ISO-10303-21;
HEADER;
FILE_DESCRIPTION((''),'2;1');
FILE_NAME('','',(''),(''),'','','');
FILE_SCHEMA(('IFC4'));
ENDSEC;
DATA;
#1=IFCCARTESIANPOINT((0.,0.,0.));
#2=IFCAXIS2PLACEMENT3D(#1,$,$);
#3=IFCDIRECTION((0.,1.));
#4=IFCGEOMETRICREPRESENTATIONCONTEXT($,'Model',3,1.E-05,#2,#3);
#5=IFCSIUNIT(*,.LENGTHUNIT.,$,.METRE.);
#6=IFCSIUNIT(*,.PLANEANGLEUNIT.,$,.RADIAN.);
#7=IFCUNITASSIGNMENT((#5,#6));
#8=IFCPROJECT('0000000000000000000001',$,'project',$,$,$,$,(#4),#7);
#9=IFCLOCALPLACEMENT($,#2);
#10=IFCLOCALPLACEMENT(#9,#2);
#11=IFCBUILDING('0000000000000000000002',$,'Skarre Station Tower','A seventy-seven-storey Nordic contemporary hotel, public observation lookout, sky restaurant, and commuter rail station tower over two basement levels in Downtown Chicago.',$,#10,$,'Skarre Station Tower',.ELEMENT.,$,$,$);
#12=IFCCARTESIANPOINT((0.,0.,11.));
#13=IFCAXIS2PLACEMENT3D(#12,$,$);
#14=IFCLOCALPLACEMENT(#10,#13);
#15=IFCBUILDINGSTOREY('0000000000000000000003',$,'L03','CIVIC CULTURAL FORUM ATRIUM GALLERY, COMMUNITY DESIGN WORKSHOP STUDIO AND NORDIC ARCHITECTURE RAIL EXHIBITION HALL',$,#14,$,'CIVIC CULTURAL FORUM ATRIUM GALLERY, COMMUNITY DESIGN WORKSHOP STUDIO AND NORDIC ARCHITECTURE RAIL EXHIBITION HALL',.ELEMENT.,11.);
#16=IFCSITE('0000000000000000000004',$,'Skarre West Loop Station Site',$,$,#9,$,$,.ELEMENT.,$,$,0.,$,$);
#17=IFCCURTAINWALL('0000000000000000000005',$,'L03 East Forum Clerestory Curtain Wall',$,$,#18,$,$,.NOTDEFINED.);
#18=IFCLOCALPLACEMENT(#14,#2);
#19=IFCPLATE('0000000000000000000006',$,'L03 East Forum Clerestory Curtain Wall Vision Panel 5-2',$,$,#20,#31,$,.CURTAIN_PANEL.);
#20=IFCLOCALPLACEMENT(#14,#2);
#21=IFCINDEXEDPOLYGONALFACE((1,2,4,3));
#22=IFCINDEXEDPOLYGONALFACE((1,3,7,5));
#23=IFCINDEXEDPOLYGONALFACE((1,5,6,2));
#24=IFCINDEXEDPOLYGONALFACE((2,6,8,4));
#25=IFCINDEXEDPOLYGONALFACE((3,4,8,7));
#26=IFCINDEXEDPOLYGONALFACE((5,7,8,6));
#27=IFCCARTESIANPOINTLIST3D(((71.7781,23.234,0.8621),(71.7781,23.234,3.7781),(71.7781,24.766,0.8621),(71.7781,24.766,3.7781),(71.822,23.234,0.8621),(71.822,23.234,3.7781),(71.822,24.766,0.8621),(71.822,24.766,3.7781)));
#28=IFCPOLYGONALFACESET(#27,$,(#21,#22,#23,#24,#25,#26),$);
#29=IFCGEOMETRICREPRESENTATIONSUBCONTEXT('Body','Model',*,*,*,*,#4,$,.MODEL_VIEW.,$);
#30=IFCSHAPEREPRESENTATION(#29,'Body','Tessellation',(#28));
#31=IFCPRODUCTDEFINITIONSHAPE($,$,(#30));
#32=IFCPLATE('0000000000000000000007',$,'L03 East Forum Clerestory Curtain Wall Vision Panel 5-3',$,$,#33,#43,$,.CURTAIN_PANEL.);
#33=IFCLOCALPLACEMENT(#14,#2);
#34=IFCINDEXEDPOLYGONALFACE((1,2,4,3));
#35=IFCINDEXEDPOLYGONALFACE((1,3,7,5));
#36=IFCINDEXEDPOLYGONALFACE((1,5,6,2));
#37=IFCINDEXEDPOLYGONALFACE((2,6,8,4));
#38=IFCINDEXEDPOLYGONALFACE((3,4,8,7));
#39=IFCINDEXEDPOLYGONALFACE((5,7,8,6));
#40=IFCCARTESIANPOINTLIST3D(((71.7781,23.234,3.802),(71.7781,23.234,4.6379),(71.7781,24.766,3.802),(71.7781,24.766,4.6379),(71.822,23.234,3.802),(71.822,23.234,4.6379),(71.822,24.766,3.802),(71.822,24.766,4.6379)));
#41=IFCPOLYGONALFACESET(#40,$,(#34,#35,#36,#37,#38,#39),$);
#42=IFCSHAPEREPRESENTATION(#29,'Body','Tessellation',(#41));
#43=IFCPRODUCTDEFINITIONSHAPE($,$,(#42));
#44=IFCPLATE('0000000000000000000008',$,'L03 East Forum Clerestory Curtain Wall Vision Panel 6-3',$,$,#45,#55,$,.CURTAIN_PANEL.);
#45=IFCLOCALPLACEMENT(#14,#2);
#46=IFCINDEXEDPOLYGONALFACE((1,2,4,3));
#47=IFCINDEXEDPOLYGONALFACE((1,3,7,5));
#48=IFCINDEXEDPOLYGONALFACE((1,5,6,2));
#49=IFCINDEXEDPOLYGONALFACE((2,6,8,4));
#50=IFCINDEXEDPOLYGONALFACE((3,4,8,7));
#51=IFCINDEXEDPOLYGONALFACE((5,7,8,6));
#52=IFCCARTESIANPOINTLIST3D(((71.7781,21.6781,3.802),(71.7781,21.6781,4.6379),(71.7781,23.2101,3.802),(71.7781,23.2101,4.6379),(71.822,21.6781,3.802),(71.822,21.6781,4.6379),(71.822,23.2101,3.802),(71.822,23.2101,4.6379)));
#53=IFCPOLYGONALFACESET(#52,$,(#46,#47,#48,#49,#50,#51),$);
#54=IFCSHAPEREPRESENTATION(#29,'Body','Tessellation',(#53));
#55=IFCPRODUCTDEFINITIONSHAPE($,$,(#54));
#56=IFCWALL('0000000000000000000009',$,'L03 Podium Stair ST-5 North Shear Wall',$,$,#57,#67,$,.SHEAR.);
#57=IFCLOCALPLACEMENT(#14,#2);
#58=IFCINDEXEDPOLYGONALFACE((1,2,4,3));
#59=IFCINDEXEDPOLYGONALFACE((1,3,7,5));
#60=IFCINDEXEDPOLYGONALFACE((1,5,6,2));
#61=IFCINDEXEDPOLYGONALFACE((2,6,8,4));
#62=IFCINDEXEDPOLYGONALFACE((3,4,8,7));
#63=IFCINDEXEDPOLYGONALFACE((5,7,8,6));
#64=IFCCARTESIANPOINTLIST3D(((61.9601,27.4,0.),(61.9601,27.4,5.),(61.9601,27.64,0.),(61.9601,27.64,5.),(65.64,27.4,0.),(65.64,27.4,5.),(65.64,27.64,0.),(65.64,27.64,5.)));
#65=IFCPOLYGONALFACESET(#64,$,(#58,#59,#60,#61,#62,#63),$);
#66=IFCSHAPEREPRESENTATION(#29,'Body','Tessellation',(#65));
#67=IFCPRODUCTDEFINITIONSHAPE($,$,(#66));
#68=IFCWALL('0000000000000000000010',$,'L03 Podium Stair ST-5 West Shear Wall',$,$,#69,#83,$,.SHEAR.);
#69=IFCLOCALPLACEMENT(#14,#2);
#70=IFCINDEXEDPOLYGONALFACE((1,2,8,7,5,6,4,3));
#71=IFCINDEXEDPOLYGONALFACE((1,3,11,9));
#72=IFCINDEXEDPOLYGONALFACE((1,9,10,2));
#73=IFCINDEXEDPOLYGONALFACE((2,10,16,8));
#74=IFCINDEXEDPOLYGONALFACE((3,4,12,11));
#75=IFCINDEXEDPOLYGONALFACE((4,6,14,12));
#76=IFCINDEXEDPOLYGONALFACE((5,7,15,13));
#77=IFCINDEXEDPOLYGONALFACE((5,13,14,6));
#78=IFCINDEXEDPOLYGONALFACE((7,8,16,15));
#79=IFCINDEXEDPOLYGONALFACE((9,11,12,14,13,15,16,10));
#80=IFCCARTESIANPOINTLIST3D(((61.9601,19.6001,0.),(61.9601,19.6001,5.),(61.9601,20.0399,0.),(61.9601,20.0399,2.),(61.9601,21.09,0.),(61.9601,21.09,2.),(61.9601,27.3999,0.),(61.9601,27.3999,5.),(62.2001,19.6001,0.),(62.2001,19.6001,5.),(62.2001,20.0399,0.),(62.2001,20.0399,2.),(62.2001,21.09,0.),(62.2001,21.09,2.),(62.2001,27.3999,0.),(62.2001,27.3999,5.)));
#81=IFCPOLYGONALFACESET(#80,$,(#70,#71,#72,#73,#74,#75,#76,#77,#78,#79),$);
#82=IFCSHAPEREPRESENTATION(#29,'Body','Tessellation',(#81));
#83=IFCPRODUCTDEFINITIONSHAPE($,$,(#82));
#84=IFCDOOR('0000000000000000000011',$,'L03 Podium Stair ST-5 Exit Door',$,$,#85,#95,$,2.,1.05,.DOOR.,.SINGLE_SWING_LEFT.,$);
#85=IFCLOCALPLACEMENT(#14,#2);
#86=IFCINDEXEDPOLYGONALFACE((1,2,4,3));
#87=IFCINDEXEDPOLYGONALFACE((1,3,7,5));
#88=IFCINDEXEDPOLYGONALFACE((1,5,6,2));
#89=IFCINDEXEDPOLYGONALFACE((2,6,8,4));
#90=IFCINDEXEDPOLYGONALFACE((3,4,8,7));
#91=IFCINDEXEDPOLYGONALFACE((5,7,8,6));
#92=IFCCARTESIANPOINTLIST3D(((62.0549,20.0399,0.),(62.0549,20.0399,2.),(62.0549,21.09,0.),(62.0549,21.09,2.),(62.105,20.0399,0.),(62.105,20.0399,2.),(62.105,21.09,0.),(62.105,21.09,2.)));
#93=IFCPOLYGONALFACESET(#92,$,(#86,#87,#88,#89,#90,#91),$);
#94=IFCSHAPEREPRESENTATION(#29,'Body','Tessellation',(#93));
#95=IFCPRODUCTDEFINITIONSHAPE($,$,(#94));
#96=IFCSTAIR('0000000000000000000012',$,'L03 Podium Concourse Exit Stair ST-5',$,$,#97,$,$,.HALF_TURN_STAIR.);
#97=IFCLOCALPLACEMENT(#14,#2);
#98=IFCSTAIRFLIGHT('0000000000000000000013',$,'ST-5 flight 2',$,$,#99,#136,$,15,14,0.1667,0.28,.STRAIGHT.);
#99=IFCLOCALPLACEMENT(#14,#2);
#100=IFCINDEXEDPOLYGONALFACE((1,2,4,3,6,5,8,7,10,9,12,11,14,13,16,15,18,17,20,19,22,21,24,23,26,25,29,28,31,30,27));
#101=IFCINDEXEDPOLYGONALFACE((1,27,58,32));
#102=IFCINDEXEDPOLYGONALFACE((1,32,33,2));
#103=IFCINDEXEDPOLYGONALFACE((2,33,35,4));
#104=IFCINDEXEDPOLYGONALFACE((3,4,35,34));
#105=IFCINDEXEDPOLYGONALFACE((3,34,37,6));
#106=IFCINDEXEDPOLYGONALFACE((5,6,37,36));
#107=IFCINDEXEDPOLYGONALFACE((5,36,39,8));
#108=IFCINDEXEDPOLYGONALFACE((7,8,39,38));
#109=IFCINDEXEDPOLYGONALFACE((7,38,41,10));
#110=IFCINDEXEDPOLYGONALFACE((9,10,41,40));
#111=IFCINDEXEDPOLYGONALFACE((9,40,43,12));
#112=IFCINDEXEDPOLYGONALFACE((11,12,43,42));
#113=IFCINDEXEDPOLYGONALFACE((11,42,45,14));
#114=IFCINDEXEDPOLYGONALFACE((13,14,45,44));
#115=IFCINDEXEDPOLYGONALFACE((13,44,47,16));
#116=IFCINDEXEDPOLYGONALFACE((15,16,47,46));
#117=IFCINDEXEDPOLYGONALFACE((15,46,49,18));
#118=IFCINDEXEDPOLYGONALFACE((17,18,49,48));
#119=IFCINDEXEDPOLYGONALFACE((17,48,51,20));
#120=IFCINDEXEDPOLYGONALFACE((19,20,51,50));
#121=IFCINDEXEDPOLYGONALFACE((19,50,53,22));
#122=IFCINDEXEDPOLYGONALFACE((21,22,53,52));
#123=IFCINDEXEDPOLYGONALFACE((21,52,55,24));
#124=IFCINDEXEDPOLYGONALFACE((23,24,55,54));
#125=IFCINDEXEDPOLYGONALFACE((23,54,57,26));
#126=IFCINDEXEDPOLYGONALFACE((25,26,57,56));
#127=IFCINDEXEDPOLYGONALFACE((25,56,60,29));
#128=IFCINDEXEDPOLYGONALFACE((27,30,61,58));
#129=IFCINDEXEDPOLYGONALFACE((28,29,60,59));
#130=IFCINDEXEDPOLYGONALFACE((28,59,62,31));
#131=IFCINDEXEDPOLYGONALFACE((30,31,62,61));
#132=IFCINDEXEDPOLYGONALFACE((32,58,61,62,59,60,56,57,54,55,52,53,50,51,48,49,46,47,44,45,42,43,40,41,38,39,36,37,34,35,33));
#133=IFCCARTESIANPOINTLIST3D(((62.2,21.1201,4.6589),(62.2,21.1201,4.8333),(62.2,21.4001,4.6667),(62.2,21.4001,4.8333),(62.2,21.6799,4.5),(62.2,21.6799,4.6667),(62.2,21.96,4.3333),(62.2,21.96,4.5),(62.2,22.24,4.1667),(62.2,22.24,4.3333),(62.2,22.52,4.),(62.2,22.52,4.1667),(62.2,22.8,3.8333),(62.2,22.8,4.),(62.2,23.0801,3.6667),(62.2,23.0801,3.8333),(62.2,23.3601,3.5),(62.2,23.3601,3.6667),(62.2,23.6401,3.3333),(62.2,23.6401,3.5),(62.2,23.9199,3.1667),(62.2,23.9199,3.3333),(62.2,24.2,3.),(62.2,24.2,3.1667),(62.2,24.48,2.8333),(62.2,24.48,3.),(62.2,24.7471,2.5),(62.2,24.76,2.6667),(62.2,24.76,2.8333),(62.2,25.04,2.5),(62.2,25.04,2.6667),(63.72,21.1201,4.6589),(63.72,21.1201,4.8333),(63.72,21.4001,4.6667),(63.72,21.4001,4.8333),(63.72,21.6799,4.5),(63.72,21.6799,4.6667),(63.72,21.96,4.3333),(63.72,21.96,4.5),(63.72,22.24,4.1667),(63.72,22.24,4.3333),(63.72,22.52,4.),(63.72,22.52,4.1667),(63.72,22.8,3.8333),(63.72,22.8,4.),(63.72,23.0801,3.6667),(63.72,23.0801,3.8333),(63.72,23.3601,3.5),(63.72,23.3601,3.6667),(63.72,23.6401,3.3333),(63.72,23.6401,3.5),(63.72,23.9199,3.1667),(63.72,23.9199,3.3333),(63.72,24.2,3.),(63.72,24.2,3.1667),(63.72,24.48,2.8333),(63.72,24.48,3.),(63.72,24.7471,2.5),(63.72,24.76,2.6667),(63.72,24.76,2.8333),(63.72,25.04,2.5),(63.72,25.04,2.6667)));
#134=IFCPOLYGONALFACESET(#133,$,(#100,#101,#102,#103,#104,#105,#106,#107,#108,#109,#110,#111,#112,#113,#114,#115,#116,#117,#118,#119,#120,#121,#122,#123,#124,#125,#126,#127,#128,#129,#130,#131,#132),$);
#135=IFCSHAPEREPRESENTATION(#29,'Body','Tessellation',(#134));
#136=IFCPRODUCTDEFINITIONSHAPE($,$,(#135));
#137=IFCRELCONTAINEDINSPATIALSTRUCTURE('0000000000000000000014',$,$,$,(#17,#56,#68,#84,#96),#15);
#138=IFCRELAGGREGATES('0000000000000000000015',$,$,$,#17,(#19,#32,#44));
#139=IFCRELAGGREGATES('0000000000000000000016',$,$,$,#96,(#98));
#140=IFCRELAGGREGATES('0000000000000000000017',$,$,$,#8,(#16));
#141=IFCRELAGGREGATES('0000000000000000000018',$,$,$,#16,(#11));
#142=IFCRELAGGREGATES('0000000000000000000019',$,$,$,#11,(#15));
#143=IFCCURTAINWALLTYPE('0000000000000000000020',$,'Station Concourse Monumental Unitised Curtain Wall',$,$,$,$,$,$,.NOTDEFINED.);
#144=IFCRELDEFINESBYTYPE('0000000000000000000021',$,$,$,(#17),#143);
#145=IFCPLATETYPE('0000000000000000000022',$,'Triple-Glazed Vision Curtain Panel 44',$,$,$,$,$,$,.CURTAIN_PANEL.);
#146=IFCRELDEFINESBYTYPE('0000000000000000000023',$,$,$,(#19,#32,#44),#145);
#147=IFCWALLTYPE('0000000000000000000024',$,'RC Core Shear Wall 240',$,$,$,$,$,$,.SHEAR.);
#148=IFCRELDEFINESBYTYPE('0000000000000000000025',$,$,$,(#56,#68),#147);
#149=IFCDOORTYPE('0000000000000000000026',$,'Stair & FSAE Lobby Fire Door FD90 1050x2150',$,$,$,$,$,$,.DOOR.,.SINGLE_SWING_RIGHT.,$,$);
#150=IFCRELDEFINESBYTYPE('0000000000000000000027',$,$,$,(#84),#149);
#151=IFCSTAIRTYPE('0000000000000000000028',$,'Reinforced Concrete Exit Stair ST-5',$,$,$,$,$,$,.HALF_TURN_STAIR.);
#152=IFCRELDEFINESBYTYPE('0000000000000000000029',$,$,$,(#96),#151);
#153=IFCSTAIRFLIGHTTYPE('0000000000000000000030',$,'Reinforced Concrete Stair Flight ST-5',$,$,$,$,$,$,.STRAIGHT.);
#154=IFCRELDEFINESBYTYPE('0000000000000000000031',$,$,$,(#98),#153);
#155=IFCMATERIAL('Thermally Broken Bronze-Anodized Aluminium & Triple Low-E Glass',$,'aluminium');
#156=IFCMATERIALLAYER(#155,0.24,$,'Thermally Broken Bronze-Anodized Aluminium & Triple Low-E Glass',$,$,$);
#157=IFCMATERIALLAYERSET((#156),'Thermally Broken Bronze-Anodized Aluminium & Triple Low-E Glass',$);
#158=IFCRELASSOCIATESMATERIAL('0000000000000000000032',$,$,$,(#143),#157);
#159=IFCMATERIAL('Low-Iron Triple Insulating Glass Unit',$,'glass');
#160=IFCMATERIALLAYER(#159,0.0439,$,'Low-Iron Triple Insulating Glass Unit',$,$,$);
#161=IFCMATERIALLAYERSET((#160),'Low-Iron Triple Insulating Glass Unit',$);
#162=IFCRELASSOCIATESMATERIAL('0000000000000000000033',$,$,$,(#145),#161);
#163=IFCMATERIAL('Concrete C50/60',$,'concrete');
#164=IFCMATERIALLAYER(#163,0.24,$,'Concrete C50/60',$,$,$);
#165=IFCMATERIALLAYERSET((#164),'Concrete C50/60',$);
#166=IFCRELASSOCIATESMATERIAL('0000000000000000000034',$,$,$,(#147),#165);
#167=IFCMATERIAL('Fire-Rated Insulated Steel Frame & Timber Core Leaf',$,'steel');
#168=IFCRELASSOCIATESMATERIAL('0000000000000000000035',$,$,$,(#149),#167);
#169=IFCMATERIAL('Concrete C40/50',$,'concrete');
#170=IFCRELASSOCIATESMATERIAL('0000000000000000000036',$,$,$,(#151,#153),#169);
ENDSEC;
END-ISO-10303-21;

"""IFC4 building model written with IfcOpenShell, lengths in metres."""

from ifc_helpers import new_model, si_unit, direction, frame, frame_2d, origin, origin_2d, place, context, subcontext, project, spatial, polyline, rectangle, outline, extrude, material, layer, layer_set, type_object, element, fill, aggregate, save


model = new_model("IFC4")

# Units and contexts
model_context = context("Model", 3, precision=1e-05, world=origin(), true_north=direction((0.0, 1.0)))
body_context = subcontext(model_context, "Body", "Model", "MODEL_VIEW")
ifc_project = project(units=[si_unit("LENGTHUNIT", "METRE"), si_unit("PLANEANGLEUNIT", "RADIAN")], contexts=[model_context])

# Site, building, storey
site_placement = place(None, origin())
site = spatial("IfcSite", under=ifc_project, at=site_placement, Name="Skarre West Loop Station Site", CompositionType="ELEMENT", RefElevation=0.0)
building_placement = place(site_placement, origin())
building = spatial("IfcBuilding", under=site, at=building_placement, Name="Skarre Station Tower", Description="A seventy-seven-storey Nordic contemporary hotel, public observation lookout, sky restaurant, and commuter rail station tower over two basement levels in Downtown Chicago.", LongName="Skarre Station Tower", CompositionType="ELEMENT")
storey_placement = place(building_placement, frame((0.0, 0.0, 11.0)))
storey = spatial("IfcBuildingStorey", under=building, at=storey_placement, Name="L03", Description="CIVIC CULTURAL FORUM ATRIUM GALLERY, COMMUNITY DESIGN WORKSHOP STUDIO AND NORDIC ARCHITECTURE RAIL EXHIBITION HALL", LongName="CIVIC CULTURAL FORUM ATRIUM GALLERY, COMMUNITY DESIGN WORKSHOP STUDIO AND NORDIC ARCHITECTURE RAIL EXHIBITION HALL", CompositionType="ELEMENT", Elevation=11.0)

# Curtain wall, plates
ifc_material_1 = material(Name="Thermally Broken Bronze-Anodized Aluminium & Triple Low-E Glass", Category="aluminium")
ifc_layer_1 = layer(ifc_material_1, 0.24, Name="Thermally Broken Bronze-Anodized Aluminium & Triple Low-E Glass")
ifc_layer_set_1 = layer_set([ifc_layer_1], Name="Thermally Broken Bronze-Anodized Aluminium & Triple Low-E Glass")
curtain_wall_type = type_object("IfcCurtainWallType", Name="Station Concourse Monumental Unitised Curtain Wall", PredefinedType="NOTDEFINED", material=ifc_layer_set_1)
curtain_wall_placement = place(storey_placement, origin())
curtain_wall = element("IfcCurtainWall", 1, at=curtain_wall_placement, inside=storey, type_object=curtain_wall_type, Name="L03 East Forum Clerestory Curtain Wall", PredefinedType="NOTDEFINED")
ifc_material_2 = material(Name="Low-Iron Triple Insulating Glass Unit", Category="glass")
ifc_layer_2 = layer(ifc_material_2, 0.0439, Name="Low-Iron Triple Insulating Glass Unit")
ifc_layer_set_2 = layer_set([ifc_layer_2], Name="Low-Iron Triple Insulating Glass Unit")
plate_type_1 = type_object("IfcPlateType", Name="Triple-Glazed Vision Curtain Panel 44", PredefinedType="CURTAIN_PANEL", material=ifc_layer_set_2)
plate_1_placement = place(storey_placement, frame((71.8, 24.0, 0.8621), z_axis=(0.0, 0.0, 1.0), x_axis=(0.0, -1.0, 0.0)))
plate_1 = element("IfcPlate", 2, at=plate_1_placement, type_object=plate_type_1, Name="L03 East Forum Clerestory Curtain Wall Vision Panel 5-2", PredefinedType="CURTAIN_PANEL", context=body_context, shape_type="SweptSolid", body=[
    extrude(rectangle(XDim=1.532, YDim=0.0439, at=origin_2d()), origin(), (0.0, 0.0, 1.0), 2.916),
])
plate_2_placement = place(storey_placement, frame((71.8, 24.0, 3.802), z_axis=(0.0, 0.0, 1.0), x_axis=(0.0, -1.0, 0.0)))
plate_2 = element("IfcPlate", 3, at=plate_2_placement, type_object=plate_type_1, Name="L03 East Forum Clerestory Curtain Wall Vision Panel 5-3", PredefinedType="CURTAIN_PANEL", context=body_context, shape_type="SweptSolid", body=[
    extrude(rectangle(XDim=1.532, YDim=0.0439, at=origin_2d()), origin(), (0.0, 0.0, 1.0), 0.8359),
])
plate_3_placement = place(storey_placement, frame((71.8, 22.4441, 3.802), z_axis=(0.0, 0.0, 1.0), x_axis=(0.0, -1.0, 0.0)))
plate_3 = element("IfcPlate", 4, at=plate_3_placement, type_object=plate_type_1, Name="L03 East Forum Clerestory Curtain Wall Vision Panel 6-3", PredefinedType="CURTAIN_PANEL", context=body_context, shape_type="SweptSolid", body=[
    extrude(rectangle(XDim=1.532, YDim=0.0439, at=origin_2d()), origin(), (0.0, 0.0, 1.0), 0.8359),
])
aggregate(curtain_wall, [plate_1, plate_2, plate_3])

# Wall
ifc_material_3 = material(Name="Concrete C50/60", Category="concrete")
ifc_layer_3 = layer(ifc_material_3, 0.24, Name="Concrete C50/60")
ifc_layer_set_3 = layer_set([ifc_layer_3], Name="Concrete C50/60")
wall_type = type_object("IfcWallType", Name="RC Core Shear Wall 240", PredefinedType="SHEAR", material=ifc_layer_set_3)
wall_1_placement = place(storey_placement, frame((65.6399, 27.52, 0.0), z_axis=(0.0, 0.0, 1.0), x_axis=(-1.0, 0.0, 0.0)))
element("IfcWall", 5, at=wall_1_placement, inside=storey, type_object=wall_type, Name="L03 Podium Stair ST-5 North Shear Wall", PredefinedType="SHEAR", context=body_context, shape_type="SweptSolid", body=[
    extrude(rectangle(XDim=3.6799, YDim=0.24, at=frame_2d((1.8398, 0.0))), origin(), (0.0, 0.0, 1.0), 5.0),
])

# Wall, opening, door
wall_2_placement = place(storey_placement, frame((62.0801, 27.3999, 0.0), z_axis=(0.0, 0.0, 1.0), x_axis=(0.0, -1.0, 0.0)))
wall_2 = element("IfcWall", 6, at=wall_2_placement, inside=storey, type_object=wall_type, Name="L03 Podium Stair ST-5 West Shear Wall", PredefinedType="SHEAR", context=body_context, shape_type="SweptSolid", body=[
    extrude(rectangle(XDim=7.7998, YDim=0.24, at=frame_2d((3.8999, 0.0))), origin(), (0.0, 0.0, 1.0), 5.0),
])
opening_placement = place(wall_2_placement, frame((6.3101, 0.0, 0.0)))
opening = element("IfcOpeningElement", 7, at=opening_placement, cuts=wall_2, PredefinedType="OPENING", context=body_context, shape_type="SweptSolid", body=[
    extrude(rectangle(XDim=1.05, YDim=2.0, at=frame_2d((0.5249, 1.0))), frame((0.0, 0.1299, 0.0), z_axis=(0.0, -1.0, 0.0), x_axis=(1.0, 0.0, 0.0)), (0.0, 0.0, 1.0), 0.26),
])
ifc_material_4 = material(Name="Fire-Rated Insulated Steel Frame & Timber Core Leaf", Category="steel")
door_type = type_object("IfcDoorType", Name="Stair & FSAE Lobby Fire Door FD90 1050x2150", OperationType="SINGLE_SWING_RIGHT", PredefinedType="DOOR", material=ifc_material_4)
door_placement = place(opening_placement, origin())
door = element("IfcDoor", 8, at=door_placement, inside=storey, type_object=door_type, Name="L03 Podium Stair ST-5 Exit Door", OperationType="SINGLE_SWING_LEFT", OverallHeight=2.0, OverallWidth=1.05, PredefinedType="DOOR", context=body_context, shape_type="SweptSolid", body=[
    extrude(rectangle(XDim=1.05, YDim=2.0, at=frame_2d((0.5249, 1.0))), frame((0.0, 0.0249, 0.0), z_axis=(0.0, -1.0, 0.0), x_axis=(1.0, 0.0, 0.0)), (0.0, 0.0, 1.0), 0.05),
])
fill(opening, door)

# Stair, stair flight
ifc_material_5 = material(Name="Concrete C40/50", Category="concrete")
stair_type = type_object("IfcStairType", Name="Reinforced Concrete Exit Stair ST-5", PredefinedType="HALF_TURN_STAIR", material=ifc_material_5)
stair_placement = place(storey_placement, origin())
stair = element("IfcStair", 9, at=stair_placement, inside=storey, type_object=stair_type, Name="L03 Podium Concourse Exit Stair ST-5", PredefinedType="HALF_TURN_STAIR")
stair_flight_type = type_object("IfcStairFlightType", Name="Reinforced Concrete Stair Flight ST-5", PredefinedType="STRAIGHT", material=ifc_material_5)
stair_flight_placement = place(storey_placement, frame((62.96, 25.04, 2.5), z_axis=(0.0, 0.0, 1.0), x_axis=(0.0, -1.0, 0.0)))
stair_flight = element("IfcStairFlight", 10, at=stair_flight_placement, type_object=stair_flight_type, Name="ST-5 flight 2", NumberOfRisers=15, NumberOfTreads=14, PredefinedType="STRAIGHT", RiserHeight=0.1667, TreadLength=0.28, context=body_context, shape_type="SweptSolid", body=[
    extrude(outline(polyline([(0.0, 0.0), (0.0, 0.1667), (0.28, 0.1667), (0.28, 0.3333), (0.5601, 0.3333), (0.5601, 0.5), (0.8401, 0.5), (0.8401, 0.6667), (1.1201, 0.6667), (1.1201, 0.8333), (1.3999, 0.8333), (1.3999, 1.0), (1.6799, 1.0), (1.6799, 1.1667), (1.96, 1.1667), (1.96, 1.3333), (2.24, 1.3333), (2.24, 1.5), (2.52, 1.5), (2.52, 1.6667), (2.8, 1.6667), (2.8, 1.8333), (3.0801, 1.8333), (3.0801, 2.0), (3.3601, 2.0), (3.3601, 2.1667), (3.6399, 2.1667), (3.6399, 2.3333), (3.9199, 2.3333), (3.9199, 2.5), (3.9199, 2.1589), (0.293, 0.0), (0.0, 0.0)])), frame((0.0, 0.76, 0.0), z_axis=(0.0, -1.0, 0.0), x_axis=(1.0, 0.0, 0.0)), (0.0, 0.0, 1.0), 1.52),
])
aggregate(stair, [stair_flight])

save(model, "model.ifc")
